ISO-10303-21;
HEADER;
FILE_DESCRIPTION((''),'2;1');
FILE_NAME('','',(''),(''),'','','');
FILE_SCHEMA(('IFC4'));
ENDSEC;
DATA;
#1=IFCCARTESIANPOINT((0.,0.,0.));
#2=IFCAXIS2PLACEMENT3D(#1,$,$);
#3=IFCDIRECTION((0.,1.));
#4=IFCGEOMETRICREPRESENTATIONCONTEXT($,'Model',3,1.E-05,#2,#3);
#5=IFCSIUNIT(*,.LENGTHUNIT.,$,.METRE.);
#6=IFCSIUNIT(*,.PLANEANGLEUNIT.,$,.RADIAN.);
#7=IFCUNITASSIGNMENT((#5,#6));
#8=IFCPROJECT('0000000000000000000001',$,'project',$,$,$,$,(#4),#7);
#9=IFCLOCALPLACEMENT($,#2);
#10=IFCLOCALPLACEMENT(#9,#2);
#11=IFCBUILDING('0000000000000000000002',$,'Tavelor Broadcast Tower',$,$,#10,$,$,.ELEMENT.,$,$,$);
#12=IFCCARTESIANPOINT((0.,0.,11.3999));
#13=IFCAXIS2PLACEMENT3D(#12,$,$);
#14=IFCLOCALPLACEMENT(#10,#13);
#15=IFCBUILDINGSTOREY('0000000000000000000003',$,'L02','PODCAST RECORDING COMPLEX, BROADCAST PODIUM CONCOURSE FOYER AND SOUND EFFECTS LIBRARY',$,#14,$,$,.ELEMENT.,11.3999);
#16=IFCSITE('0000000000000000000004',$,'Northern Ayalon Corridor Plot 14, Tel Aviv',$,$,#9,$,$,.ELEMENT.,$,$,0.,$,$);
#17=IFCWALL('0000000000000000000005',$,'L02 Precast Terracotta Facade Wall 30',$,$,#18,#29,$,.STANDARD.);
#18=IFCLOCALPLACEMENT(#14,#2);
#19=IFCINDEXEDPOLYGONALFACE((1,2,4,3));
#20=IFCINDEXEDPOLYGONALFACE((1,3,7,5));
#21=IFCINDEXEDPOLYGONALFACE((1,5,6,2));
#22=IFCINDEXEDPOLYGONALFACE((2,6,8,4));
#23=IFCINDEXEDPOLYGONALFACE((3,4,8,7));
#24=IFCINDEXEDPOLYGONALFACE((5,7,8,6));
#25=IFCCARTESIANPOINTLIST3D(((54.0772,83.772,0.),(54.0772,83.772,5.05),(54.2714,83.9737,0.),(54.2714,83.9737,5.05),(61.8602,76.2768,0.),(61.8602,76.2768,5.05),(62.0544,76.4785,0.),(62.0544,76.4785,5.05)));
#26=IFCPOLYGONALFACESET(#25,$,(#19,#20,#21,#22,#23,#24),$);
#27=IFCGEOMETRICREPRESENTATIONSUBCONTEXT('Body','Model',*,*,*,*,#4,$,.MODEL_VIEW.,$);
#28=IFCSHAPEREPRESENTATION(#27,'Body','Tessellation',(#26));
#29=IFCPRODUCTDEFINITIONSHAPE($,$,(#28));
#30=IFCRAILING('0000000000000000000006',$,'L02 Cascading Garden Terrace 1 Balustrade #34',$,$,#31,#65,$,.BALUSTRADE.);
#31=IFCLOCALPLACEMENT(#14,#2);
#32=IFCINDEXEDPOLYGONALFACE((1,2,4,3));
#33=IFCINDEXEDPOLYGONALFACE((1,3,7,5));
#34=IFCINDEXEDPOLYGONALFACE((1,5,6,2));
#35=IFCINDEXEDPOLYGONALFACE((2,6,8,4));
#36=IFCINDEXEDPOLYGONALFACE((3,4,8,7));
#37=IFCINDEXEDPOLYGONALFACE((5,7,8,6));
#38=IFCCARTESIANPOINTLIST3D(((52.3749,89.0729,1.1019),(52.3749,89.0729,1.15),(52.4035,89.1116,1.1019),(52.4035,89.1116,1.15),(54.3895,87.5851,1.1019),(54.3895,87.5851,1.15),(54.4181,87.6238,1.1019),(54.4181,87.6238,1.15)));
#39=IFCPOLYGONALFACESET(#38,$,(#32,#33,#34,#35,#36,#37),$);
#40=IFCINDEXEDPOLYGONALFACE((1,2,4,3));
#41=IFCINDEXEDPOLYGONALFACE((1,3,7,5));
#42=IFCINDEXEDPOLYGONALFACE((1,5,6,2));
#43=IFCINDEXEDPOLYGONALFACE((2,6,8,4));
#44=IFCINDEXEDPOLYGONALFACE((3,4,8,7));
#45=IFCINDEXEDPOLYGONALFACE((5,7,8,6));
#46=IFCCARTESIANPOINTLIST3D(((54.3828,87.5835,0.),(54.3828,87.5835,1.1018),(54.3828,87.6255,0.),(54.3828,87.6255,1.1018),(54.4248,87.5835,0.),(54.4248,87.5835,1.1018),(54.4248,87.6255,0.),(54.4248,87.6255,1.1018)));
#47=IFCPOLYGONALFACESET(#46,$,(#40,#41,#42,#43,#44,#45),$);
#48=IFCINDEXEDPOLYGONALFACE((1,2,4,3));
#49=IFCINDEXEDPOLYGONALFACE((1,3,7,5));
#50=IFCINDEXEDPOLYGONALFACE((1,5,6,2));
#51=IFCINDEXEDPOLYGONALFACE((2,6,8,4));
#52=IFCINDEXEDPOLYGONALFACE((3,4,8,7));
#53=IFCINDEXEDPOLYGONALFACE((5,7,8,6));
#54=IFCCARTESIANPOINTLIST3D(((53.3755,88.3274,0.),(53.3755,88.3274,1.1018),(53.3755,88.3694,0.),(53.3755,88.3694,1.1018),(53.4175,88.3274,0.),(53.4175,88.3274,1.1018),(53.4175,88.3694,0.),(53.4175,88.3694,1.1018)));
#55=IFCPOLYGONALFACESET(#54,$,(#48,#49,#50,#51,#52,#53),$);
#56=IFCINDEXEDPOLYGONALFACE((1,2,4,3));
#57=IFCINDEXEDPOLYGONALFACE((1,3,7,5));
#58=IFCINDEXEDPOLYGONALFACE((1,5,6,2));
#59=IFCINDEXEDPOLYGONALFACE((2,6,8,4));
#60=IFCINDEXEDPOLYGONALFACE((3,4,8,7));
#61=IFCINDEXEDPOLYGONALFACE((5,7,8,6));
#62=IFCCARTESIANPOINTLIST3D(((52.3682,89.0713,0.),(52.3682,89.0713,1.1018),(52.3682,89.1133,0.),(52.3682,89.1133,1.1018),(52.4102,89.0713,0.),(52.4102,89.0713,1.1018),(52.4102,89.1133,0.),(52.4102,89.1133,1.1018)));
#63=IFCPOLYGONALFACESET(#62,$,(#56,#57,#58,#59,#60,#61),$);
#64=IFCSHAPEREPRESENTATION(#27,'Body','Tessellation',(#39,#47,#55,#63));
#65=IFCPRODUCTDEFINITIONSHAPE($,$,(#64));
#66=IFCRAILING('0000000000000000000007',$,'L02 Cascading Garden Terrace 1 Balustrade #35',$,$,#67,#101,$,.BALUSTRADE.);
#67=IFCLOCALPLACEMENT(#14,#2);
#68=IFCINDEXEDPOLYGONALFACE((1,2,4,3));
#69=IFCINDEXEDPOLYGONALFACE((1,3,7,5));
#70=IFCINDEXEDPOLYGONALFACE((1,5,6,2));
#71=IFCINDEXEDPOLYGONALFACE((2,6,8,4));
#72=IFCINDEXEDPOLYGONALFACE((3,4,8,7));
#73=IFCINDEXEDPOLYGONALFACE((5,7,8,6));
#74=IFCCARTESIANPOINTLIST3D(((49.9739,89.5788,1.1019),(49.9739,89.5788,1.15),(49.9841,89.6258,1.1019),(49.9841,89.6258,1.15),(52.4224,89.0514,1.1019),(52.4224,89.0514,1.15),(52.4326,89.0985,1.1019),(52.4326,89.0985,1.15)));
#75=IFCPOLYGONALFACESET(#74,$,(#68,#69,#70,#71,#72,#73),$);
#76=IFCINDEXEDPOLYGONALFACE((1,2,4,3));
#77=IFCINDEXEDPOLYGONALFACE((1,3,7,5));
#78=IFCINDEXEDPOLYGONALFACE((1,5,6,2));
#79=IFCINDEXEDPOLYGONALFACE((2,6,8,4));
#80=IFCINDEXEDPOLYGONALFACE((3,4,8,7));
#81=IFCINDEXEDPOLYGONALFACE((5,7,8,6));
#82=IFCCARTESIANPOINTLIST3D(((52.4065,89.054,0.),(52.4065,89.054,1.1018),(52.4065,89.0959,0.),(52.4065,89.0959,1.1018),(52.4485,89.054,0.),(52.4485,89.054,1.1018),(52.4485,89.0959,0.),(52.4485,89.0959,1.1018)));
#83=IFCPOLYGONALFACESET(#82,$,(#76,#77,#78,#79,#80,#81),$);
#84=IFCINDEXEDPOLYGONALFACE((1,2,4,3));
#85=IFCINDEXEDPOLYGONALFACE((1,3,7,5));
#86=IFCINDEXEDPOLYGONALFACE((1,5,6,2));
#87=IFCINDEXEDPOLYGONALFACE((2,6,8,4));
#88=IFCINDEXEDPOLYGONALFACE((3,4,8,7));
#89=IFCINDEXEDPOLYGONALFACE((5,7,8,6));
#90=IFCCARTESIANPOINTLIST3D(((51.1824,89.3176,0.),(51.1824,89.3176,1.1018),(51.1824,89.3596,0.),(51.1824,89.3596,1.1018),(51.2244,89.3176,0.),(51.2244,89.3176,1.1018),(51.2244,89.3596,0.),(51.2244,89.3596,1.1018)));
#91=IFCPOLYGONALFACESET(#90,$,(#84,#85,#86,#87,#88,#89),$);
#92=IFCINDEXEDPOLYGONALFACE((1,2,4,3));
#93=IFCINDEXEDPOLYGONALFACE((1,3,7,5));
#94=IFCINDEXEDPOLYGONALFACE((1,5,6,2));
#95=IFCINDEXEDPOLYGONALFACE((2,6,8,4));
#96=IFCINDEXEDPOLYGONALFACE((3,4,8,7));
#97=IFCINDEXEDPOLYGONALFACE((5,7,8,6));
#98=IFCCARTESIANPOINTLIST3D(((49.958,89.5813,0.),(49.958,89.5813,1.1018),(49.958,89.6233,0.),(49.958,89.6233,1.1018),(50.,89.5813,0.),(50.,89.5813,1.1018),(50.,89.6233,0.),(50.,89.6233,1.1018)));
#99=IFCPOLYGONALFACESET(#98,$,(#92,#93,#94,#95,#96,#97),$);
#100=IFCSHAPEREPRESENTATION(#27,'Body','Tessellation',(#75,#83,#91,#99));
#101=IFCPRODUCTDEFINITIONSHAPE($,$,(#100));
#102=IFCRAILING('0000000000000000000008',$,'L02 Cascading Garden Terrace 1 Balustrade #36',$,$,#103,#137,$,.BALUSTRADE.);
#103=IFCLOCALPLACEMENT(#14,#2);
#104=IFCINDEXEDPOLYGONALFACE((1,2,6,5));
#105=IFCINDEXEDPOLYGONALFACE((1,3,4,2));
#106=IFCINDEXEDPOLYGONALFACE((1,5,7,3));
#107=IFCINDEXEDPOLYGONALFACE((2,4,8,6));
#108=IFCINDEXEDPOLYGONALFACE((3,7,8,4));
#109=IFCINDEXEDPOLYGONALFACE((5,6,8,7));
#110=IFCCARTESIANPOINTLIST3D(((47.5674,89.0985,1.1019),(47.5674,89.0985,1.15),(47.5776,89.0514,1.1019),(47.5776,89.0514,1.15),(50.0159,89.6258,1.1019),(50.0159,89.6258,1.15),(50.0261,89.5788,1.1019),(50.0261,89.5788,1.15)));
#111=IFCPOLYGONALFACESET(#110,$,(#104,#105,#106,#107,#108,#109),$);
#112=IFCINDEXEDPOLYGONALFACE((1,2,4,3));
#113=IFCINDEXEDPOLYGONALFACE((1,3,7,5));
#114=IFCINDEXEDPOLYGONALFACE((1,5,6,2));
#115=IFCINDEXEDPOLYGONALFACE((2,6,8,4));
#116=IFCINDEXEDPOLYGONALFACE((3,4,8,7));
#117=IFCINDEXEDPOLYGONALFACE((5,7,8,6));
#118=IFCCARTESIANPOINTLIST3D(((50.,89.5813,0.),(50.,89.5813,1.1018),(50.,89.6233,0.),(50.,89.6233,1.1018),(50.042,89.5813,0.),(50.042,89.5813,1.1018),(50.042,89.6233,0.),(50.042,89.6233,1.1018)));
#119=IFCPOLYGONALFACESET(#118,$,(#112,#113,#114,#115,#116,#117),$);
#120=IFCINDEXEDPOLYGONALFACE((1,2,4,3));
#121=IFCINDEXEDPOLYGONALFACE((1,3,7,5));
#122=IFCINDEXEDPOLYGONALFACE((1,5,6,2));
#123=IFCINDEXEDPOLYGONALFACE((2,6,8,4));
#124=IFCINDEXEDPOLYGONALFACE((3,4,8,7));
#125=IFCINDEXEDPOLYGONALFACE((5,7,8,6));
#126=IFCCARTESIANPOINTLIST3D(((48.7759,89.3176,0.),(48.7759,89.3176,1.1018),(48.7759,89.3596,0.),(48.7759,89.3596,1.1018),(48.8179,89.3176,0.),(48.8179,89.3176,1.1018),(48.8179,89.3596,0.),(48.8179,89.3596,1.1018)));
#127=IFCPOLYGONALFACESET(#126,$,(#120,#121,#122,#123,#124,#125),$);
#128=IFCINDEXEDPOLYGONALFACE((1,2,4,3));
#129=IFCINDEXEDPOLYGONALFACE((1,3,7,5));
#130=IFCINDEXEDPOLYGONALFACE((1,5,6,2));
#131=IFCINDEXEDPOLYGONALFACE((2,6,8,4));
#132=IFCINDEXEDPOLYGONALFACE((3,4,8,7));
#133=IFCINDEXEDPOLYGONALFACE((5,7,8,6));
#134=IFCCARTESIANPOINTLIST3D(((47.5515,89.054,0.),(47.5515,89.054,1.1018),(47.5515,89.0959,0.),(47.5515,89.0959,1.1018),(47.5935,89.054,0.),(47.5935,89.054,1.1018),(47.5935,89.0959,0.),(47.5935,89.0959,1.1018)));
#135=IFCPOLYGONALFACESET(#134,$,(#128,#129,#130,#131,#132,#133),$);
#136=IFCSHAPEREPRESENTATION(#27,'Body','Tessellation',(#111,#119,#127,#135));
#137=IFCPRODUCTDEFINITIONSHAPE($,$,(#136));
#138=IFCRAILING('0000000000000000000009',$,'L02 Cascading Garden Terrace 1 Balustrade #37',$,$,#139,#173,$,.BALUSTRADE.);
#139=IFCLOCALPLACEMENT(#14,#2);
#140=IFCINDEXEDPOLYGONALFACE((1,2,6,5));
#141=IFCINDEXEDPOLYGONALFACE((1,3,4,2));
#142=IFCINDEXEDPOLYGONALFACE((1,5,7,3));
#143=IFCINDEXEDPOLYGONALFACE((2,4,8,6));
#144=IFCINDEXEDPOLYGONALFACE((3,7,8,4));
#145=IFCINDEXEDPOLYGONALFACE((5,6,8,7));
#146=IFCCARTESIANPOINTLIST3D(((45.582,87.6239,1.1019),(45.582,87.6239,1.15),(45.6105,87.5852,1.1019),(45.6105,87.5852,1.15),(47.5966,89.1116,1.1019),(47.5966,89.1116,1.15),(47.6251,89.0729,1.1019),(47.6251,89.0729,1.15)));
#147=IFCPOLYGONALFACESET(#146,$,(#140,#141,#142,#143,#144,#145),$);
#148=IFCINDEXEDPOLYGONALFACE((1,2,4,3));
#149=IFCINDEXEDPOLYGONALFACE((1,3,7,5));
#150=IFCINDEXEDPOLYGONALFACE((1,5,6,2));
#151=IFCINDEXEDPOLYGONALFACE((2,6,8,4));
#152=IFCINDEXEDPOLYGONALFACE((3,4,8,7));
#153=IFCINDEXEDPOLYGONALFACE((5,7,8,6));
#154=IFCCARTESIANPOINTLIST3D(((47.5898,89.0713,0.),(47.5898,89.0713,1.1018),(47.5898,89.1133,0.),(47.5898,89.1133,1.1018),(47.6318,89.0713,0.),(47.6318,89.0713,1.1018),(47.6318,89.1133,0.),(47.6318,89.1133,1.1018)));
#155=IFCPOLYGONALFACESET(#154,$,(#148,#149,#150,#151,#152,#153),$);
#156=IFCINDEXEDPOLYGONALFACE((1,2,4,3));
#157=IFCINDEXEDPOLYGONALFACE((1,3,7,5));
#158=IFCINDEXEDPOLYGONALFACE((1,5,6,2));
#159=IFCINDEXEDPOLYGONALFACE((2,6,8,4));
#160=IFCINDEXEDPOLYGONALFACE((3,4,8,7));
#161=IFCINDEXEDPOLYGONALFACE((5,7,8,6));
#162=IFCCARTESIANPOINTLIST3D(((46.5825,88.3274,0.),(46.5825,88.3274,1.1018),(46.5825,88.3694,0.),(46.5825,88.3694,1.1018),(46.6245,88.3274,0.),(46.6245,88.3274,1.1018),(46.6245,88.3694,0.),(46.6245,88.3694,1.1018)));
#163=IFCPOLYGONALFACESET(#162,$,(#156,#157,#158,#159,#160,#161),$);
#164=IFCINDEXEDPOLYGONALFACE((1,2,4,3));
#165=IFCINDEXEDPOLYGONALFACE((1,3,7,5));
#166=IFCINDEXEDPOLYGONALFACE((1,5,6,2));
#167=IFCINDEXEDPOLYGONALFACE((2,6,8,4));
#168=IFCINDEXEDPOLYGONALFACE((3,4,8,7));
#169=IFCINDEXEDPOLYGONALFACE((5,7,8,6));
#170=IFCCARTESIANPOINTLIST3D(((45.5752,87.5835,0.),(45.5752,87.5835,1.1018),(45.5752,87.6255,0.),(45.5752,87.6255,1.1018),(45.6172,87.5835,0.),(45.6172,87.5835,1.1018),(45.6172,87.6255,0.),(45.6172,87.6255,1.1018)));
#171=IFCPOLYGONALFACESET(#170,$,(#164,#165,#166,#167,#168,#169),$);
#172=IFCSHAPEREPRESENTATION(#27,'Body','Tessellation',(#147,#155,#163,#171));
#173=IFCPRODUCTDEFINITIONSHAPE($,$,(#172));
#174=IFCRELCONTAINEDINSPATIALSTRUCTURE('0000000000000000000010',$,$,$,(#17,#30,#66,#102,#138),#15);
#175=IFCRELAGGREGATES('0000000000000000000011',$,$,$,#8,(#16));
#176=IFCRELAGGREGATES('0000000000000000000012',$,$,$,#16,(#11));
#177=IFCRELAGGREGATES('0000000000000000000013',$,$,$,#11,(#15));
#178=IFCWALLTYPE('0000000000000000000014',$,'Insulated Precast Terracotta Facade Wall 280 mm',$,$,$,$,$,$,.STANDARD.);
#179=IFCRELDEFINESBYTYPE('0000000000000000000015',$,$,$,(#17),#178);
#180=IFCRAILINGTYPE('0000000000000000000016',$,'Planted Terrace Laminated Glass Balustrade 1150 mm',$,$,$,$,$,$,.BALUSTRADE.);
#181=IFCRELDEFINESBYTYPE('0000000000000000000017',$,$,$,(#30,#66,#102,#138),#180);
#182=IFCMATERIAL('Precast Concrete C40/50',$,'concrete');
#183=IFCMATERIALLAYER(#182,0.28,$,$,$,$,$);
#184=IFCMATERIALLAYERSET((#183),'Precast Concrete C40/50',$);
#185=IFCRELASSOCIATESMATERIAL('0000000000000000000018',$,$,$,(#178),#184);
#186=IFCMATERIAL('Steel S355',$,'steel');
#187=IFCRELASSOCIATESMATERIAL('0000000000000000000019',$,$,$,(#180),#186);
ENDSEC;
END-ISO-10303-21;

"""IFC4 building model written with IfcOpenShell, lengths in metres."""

from ifc_helpers import new_model, si_unit, direction, frame, frame_2d, origin, origin_2d, place, context, subcontext, project, spatial, rectangle, extrude, material, layer, layer_set, type_object, element, save


model = new_model("IFC4")

# Units and contexts
model_context = context("Model", 3, precision=1e-05, world=origin(), true_north=direction((0.0, 1.0)))
body_context = subcontext(model_context, "Body", "Model", "MODEL_VIEW")
ifc_project = project(units=[si_unit("LENGTHUNIT", "METRE"), si_unit("PLANEANGLEUNIT", "RADIAN")], contexts=[model_context])

# Site, building, storey
site_placement = place(None, origin())
site = spatial("IfcSite", under=ifc_project, at=site_placement, Name="Northern Ayalon Corridor Plot 14, Tel Aviv", CompositionType="ELEMENT", RefElevation=0.0)
building_placement = place(site_placement, origin())
building = spatial("IfcBuilding", under=site, at=building_placement, Name="Tavelor Broadcast Tower", CompositionType="ELEMENT")
storey_placement = place(building_placement, frame((0.0, 0.0, 11.3999)))
storey = spatial("IfcBuildingStorey", under=building, at=storey_placement, Name="L02", Description="PODCAST RECORDING COMPLEX, BROADCAST PODIUM CONCOURSE FOYER AND SOUND EFFECTS LIBRARY", CompositionType="ELEMENT", Elevation=11.3999)

# Shared definitions
ifc_material_1 = material(Name="Steel S355", Category="steel")

# Shared definitions
ifc_material_2 = material(Name="Precast Concrete C40/50", Category="concrete")
ifc_layer_1 = layer(ifc_material_2, 0.28)
ifc_layer_set_1 = layer_set([ifc_layer_1], Name="Precast Concrete C40/50")
wall_type = type_object("IfcWallType", Name="Insulated Precast Terracotta Facade Wall 280 mm", PredefinedType="STANDARD", material=ifc_layer_set_1)

# Wall
wall_1_placement = place(storey_placement, frame((61.9573, 76.3777, 0.0), z_axis=(0.0, 0.0, 1.0), x_axis=(-0.720301, 0.693662, 0.0)))
element("IfcWall", 1, at=wall_1_placement, inside=storey, type_object=wall_type, Name="L02 Precast Terracotta Facade Wall 30", PredefinedType="STANDARD", context=body_context, shape_type="SweptSolid", body=[
    extrude(rectangle(XDim=10.8052, YDim=0.28, at=frame_2d((5.4026, 0.0))), origin(), (0.0, 0.0, 1.0), 5.05),
])

# Railings
railing_type = type_object("IfcRailingType", Name="Planted Terrace Laminated Glass Balustrade 1150 mm", PredefinedType="BALUSTRADE", material=ifc_material_1)
railing_1_placement = place(storey_placement, frame((54.4038, 87.6045, 0.0)))
element("IfcRailing", 2, at=railing_1_placement, inside=storey, type_object=railing_type, Name="L02 Cascading Garden Terrace 1 Balustrade #34", PredefinedType="BALUSTRADE", context=body_context, shape_type="SweptSolid", body=[
    extrude(rectangle(XDim=0.0481, YDim=0.0481, at=origin_2d()), frame((0.0, 0.0, 1.126), z_axis=(-0.804423, 0.594057, 0.0), x_axis=(-0.594057, -0.804423, 0.0)), (0.0, 0.0, 1.0), 2.5044),
    extrude(rectangle(XDim=0.042, YDim=0.042, at=origin_2d()), origin(), (0.0, 0.0, 1.0), 1.1018),
    extrude(rectangle(XDim=0.042, YDim=0.042, at=origin_2d()), frame((-1.0073, 0.7439, 0.0)), (0.0, 0.0, 1.0), 1.1018),
    extrude(rectangle(XDim=0.042, YDim=0.042, at=origin_2d()), frame((-2.0146, 1.4878, 0.0)), (0.0, 0.0, 1.0), 1.1018),
])
railing_2_placement = place(storey_placement, frame((52.4275, 89.075, 0.0)))
element("IfcRailing", 3, at=railing_2_placement, inside=storey, type_object=railing_type, Name="L02 Cascading Garden Terrace 1 Balustrade #35", PredefinedType="BALUSTRADE", context=body_context, shape_type="SweptSolid", body=[
    extrude(rectangle(XDim=0.0481, YDim=0.0481, at=origin_2d()), frame((0.0, 0.0, 1.126), z_axis=(-0.977584, 0.210547, 0.0), x_axis=(-0.210547, -0.977584, 0.0)), (0.0, 0.0, 1.0), 2.5046),
    extrude(rectangle(XDim=0.042, YDim=0.042, at=origin_2d()), origin(), (0.0, 0.0, 1.0), 1.1018),
    extrude(rectangle(XDim=0.042, YDim=0.042, at=origin_2d()), frame((-1.2241, 0.2637, 0.0)), (0.0, 0.0, 1.0), 1.1018),
    extrude(rectangle(XDim=0.042, YDim=0.042, at=origin_2d()), frame((-2.4485, 0.5273, 0.0)), (0.0, 0.0, 1.0), 1.1018),
])
railing_3_placement = place(storey_placement, frame((50.021, 89.6023, 0.0)))
element("IfcRailing", 4, at=railing_3_placement, inside=storey, type_object=railing_type, Name="L02 Cascading Garden Terrace 1 Balustrade #36", PredefinedType="BALUSTRADE", context=body_context, shape_type="SweptSolid", body=[
    extrude(rectangle(XDim=0.0481, YDim=0.0481, at=origin_2d()), frame((0.0, 0.0, 1.126), z_axis=(-0.977584, -0.210547, 0.0), x_axis=(0.210547, -0.977584, 0.0)), (0.0, 0.0, 1.0), 2.5046),
    extrude(rectangle(XDim=0.042, YDim=0.042, at=origin_2d()), origin(), (0.0, 0.0, 1.0), 1.1018),
    extrude(rectangle(XDim=0.042, YDim=0.042, at=origin_2d()), frame((-1.2241, -0.2637, 0.0)), (0.0, 0.0, 1.0), 1.1018),
    extrude(rectangle(XDim=0.042, YDim=0.042, at=origin_2d()), frame((-2.4485, -0.5273, 0.0)), (0.0, 0.0, 1.0), 1.1018),
])
railing_4_placement = place(storey_placement, frame((47.6108, 89.0923, 0.0)))
element("IfcRailing", 5, at=railing_4_placement, inside=storey, type_object=railing_type, Name="L02 Cascading Garden Terrace 1 Balustrade #37", PredefinedType="BALUSTRADE", context=body_context, shape_type="SweptSolid", body=[
    extrude(rectangle(XDim=0.0481, YDim=0.0481, at=origin_2d()), frame((0.0, 0.0, 1.126), z_axis=(-0.804423, -0.594057, 0.0), x_axis=(0.594057, -0.804423, 0.0)), (0.0, 0.0, 1.0), 2.5044),
    extrude(rectangle(XDim=0.042, YDim=0.042, at=origin_2d()), origin(), (0.0, 0.0, 1.0), 1.1018),
    extrude(rectangle(XDim=0.042, YDim=0.042, at=origin_2d()), frame((-1.0073, -0.7439, 0.0)), (0.0, 0.0, 1.0), 1.1018),
    extrude(rectangle(XDim=0.042, YDim=0.042, at=origin_2d()), frame((-2.0146, -1.4878, 0.0)), (0.0, 0.0, 1.0), 1.1018),
])

save(model, "model.ifc")
